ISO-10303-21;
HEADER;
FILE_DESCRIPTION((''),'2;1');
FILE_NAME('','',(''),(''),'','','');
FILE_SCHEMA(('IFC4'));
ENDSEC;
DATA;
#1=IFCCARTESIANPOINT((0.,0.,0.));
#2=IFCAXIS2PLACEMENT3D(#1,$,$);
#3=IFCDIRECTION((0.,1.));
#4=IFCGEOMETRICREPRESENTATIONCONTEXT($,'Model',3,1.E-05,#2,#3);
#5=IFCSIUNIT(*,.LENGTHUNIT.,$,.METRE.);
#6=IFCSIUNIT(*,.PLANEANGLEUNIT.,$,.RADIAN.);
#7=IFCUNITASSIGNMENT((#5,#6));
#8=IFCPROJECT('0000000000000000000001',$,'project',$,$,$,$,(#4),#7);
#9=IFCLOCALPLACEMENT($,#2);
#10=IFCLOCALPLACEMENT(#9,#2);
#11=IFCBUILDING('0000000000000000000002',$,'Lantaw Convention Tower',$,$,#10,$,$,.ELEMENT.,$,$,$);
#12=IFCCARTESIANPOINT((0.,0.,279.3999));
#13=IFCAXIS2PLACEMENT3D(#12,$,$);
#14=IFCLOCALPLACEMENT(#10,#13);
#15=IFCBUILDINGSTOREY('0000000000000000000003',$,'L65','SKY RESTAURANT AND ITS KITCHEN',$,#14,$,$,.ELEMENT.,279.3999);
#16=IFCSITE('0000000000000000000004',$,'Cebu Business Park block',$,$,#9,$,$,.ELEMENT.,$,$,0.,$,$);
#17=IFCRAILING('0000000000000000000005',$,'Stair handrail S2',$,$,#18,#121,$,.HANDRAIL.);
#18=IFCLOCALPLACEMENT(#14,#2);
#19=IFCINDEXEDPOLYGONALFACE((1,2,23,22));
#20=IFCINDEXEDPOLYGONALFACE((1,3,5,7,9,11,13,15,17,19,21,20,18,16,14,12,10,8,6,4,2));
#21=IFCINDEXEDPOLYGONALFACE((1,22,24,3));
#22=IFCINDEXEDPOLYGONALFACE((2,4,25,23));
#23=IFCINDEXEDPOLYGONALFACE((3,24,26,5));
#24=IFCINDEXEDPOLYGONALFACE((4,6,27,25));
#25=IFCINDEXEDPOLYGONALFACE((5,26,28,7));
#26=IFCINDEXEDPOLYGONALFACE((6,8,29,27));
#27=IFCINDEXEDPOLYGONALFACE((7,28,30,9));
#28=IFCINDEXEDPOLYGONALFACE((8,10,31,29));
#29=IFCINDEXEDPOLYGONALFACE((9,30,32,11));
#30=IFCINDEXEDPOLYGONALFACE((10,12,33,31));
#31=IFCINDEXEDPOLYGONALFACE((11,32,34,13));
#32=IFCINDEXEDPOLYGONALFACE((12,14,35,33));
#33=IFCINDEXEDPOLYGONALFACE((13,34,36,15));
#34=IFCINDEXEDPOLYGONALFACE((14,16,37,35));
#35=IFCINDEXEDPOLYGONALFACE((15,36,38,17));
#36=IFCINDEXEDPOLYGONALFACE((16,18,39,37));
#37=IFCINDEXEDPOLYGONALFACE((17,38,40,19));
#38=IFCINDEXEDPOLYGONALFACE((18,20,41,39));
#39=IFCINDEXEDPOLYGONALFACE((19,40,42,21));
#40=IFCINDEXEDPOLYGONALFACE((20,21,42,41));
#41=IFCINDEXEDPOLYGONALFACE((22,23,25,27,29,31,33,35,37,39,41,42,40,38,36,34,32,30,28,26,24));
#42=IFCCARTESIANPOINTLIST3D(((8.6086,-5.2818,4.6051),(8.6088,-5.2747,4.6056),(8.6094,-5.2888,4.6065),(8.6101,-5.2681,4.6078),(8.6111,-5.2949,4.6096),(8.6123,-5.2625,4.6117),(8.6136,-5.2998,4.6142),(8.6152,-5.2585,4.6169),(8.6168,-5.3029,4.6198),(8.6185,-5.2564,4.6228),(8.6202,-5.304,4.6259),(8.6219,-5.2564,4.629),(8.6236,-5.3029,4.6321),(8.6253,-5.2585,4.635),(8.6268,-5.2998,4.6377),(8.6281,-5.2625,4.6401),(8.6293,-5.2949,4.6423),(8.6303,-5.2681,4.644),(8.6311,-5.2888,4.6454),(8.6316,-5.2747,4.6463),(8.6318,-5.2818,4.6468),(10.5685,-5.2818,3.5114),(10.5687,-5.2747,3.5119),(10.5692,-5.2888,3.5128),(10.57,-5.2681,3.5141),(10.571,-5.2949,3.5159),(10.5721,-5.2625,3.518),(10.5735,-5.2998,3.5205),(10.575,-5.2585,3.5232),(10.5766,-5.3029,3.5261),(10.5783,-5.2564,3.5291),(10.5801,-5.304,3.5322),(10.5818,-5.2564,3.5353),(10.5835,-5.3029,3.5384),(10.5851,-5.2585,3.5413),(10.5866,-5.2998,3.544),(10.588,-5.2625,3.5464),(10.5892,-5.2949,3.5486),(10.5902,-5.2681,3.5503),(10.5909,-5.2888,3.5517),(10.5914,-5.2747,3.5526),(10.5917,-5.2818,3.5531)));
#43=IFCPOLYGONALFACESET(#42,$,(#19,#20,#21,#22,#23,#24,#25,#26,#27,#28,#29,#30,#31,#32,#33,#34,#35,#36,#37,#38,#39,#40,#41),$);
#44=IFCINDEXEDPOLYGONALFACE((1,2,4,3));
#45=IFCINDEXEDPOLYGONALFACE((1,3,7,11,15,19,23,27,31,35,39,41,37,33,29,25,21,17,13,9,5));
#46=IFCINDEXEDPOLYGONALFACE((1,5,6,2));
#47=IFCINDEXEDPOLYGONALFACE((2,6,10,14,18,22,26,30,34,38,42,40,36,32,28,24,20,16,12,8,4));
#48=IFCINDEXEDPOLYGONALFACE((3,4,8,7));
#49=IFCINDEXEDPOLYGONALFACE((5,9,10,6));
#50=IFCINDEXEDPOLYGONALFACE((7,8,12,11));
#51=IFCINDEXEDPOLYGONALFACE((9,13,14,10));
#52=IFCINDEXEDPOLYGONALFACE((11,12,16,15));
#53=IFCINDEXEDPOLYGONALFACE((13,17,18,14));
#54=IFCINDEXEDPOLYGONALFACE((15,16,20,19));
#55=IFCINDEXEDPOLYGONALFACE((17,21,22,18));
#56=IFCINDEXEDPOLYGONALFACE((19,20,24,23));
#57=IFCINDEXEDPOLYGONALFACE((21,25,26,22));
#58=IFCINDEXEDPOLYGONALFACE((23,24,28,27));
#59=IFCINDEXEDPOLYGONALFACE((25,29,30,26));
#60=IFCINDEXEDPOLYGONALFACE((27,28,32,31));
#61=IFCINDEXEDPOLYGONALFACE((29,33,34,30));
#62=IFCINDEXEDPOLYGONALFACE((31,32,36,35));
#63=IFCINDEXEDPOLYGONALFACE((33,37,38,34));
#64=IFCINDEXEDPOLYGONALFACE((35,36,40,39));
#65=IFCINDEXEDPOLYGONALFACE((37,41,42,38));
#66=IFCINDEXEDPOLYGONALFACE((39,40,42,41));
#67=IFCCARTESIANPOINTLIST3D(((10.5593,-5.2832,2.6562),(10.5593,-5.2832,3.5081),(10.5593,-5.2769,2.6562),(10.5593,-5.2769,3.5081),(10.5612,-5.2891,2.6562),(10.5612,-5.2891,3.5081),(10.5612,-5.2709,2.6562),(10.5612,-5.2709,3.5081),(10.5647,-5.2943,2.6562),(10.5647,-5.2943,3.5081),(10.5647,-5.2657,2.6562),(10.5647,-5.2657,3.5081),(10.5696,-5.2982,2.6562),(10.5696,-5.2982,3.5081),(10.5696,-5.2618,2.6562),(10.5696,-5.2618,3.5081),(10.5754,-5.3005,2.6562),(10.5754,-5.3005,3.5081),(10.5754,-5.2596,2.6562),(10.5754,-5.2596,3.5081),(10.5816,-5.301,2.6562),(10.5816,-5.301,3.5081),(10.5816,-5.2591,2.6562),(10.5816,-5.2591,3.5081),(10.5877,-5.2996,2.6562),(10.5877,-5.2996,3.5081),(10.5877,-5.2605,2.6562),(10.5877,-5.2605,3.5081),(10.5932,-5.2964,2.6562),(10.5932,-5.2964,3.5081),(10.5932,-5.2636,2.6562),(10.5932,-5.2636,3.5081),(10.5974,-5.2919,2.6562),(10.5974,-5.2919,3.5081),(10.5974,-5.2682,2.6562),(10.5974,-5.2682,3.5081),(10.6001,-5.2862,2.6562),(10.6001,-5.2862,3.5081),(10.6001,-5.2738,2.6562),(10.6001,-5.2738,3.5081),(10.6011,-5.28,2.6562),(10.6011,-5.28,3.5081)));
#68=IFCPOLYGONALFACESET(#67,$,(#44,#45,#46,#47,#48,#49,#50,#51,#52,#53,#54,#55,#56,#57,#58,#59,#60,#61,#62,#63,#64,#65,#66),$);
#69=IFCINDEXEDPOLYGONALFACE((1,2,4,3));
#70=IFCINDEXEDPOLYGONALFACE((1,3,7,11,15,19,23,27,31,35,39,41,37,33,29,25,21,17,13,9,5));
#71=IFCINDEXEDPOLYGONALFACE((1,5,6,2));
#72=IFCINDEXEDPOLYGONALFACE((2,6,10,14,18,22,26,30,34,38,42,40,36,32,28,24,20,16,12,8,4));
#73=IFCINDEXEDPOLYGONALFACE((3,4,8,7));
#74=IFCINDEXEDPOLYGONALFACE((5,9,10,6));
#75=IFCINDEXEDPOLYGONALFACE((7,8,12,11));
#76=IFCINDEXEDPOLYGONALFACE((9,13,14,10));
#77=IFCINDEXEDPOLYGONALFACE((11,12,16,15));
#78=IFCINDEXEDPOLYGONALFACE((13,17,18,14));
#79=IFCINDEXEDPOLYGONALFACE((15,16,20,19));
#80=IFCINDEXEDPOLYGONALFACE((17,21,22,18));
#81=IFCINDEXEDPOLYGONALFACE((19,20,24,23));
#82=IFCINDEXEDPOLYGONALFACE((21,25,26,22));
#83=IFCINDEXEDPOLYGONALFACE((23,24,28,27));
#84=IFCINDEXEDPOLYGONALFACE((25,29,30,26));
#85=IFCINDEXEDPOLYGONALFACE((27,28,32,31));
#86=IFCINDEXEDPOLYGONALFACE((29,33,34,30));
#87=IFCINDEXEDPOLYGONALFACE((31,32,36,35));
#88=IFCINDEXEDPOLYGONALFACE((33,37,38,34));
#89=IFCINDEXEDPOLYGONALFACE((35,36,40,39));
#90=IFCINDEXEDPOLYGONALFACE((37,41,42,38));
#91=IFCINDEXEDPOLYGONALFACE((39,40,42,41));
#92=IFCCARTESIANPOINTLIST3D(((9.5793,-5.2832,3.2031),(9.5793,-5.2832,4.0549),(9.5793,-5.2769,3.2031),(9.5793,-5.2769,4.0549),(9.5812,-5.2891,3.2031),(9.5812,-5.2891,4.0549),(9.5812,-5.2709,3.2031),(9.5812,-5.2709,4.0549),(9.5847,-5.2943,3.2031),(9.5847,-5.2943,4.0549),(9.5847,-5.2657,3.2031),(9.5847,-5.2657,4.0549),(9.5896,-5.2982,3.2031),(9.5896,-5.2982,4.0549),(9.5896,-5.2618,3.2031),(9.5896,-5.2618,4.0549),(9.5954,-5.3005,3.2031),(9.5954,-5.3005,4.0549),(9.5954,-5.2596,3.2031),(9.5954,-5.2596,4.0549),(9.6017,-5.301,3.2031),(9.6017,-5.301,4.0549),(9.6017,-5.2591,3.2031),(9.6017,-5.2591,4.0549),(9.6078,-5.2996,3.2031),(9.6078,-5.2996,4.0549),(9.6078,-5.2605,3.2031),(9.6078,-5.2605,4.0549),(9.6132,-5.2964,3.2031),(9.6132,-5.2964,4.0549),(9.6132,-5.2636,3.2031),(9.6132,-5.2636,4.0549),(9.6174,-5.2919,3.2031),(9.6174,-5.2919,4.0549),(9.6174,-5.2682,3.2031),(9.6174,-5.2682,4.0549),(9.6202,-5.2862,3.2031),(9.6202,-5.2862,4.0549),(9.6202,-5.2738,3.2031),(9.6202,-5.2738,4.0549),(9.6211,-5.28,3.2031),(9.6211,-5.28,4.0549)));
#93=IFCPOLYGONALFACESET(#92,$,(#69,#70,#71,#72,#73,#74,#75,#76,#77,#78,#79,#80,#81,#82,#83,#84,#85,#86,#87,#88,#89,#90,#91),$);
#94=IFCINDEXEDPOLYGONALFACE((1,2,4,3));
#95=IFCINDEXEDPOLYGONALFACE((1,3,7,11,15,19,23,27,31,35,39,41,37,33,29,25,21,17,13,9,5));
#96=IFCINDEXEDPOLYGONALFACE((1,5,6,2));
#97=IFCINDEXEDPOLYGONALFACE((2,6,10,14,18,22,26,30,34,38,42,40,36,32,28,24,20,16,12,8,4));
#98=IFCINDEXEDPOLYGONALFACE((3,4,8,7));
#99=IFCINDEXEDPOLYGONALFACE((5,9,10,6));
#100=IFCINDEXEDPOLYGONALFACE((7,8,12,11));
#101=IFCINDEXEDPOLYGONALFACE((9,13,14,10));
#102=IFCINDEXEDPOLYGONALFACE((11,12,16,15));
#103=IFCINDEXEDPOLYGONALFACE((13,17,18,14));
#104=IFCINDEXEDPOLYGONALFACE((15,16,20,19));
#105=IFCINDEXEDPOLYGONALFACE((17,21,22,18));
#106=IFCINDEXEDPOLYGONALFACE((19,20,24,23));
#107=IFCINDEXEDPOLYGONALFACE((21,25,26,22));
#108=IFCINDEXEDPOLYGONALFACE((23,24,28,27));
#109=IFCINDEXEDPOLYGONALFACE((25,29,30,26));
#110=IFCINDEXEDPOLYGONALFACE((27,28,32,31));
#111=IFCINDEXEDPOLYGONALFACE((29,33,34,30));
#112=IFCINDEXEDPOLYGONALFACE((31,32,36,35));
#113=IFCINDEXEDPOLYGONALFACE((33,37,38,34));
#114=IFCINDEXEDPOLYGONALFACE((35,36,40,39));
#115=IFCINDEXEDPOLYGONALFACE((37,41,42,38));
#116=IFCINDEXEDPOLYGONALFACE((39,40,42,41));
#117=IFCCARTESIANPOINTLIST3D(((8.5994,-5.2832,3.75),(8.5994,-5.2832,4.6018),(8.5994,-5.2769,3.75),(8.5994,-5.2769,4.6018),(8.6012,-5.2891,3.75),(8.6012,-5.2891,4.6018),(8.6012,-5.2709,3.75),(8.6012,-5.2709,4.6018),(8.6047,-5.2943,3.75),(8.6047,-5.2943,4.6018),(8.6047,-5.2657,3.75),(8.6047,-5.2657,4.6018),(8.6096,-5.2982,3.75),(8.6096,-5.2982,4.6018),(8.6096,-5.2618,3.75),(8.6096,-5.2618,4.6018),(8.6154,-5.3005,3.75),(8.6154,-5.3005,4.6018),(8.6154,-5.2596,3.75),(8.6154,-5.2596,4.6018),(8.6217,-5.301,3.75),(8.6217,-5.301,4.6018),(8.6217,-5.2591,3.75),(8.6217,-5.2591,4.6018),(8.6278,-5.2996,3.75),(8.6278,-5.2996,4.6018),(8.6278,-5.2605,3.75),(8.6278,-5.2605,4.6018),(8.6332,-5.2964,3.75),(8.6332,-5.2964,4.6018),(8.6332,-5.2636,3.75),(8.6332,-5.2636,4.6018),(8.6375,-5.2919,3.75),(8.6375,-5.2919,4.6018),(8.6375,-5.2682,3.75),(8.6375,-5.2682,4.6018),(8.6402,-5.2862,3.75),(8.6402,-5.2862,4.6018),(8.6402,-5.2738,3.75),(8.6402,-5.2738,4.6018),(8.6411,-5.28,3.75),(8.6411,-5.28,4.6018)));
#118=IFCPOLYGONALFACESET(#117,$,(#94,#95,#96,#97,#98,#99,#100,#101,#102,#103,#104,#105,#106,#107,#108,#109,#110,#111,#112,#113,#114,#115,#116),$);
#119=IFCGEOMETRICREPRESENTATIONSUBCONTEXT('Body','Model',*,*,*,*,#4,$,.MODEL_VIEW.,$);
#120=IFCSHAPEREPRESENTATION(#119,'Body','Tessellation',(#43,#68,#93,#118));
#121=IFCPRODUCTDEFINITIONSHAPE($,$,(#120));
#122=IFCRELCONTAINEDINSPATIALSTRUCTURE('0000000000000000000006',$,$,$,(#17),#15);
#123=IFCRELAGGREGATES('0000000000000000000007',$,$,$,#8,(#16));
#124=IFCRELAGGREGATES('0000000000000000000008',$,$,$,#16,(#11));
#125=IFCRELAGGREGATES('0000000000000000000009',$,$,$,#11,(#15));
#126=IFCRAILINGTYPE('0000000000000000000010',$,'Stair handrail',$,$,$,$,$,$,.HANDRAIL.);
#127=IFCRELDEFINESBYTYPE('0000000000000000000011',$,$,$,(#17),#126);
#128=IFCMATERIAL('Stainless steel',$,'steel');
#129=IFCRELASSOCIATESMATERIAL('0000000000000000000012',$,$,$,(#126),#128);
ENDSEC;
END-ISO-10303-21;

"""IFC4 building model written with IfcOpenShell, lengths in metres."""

from ifc_helpers import new_model, si_unit, direction, frame, origin, origin_2d, place, context, subcontext, project, spatial, circle, extrude, material, type_object, element, save


model = new_model("IFC4")

# Units and contexts
model_context = context("Model", 3, precision=1e-05, world=origin(), true_north=direction((0.0, 1.0)))
body_context = subcontext(model_context, "Body", "Model", "MODEL_VIEW")
ifc_project = project(units=[si_unit("LENGTHUNIT", "METRE"), si_unit("PLANEANGLEUNIT", "RADIAN")], contexts=[model_context])

# Site, building, storey
site_placement = place(None, origin())
site = spatial("IfcSite", under=ifc_project, at=site_placement, Name="Cebu Business Park block", CompositionType="ELEMENT", RefElevation=0.0)
building_placement = place(site_placement, origin())
building = spatial("IfcBuilding", under=site, at=building_placement, Name="Lantaw Convention Tower", CompositionType="ELEMENT")
storey_placement = place(building_placement, frame((0.0, 0.0, 279.3999)))
storey = spatial("IfcBuildingStorey", under=building, at=storey_placement, Name="L65", Description="SKY RESTAURANT AND ITS KITCHEN", CompositionType="ELEMENT", Elevation=279.3999)

# Railing
ifc_material_1 = material(Name="Stainless steel", Category="steel")
railing_type = type_object("IfcRailingType", Name="Stair handrail", PredefinedType="HANDRAIL", material=ifc_material_1)
railing_1_placement = place(storey_placement, frame((10.5801, -5.28, 2.6562)))
element("IfcRailing", 1, at=railing_1_placement, inside=storey, type_object=railing_type, Name="Stair handrail S2", PredefinedType="HANDRAIL", context=body_context, shape_type="SweptSolid", body=[
    extrude(circle(Radius=0.0239, at=origin_2d()), frame((0.0, 0.0, 0.876), z_axis=(-0.873232, 0.0, 0.487304), x_axis=(0.0, -1.0, 0.0)), (0.0, 0.0, 1.0), 2.2444),
    extrude(circle(Radius=0.021, at=origin_2d()), origin(), (0.0, 0.0, 1.0), 0.8518),
    extrude(circle(Radius=0.021, at=origin_2d()), frame((-0.98, 0.0, 0.5469)), (0.0, 0.0, 1.0), 0.8518),
    extrude(circle(Radius=0.021, at=origin_2d()), frame((-1.96, 0.0, 1.0938)), (0.0, 0.0, 1.0), 0.8518),
])

save(model, "model.ifc")
